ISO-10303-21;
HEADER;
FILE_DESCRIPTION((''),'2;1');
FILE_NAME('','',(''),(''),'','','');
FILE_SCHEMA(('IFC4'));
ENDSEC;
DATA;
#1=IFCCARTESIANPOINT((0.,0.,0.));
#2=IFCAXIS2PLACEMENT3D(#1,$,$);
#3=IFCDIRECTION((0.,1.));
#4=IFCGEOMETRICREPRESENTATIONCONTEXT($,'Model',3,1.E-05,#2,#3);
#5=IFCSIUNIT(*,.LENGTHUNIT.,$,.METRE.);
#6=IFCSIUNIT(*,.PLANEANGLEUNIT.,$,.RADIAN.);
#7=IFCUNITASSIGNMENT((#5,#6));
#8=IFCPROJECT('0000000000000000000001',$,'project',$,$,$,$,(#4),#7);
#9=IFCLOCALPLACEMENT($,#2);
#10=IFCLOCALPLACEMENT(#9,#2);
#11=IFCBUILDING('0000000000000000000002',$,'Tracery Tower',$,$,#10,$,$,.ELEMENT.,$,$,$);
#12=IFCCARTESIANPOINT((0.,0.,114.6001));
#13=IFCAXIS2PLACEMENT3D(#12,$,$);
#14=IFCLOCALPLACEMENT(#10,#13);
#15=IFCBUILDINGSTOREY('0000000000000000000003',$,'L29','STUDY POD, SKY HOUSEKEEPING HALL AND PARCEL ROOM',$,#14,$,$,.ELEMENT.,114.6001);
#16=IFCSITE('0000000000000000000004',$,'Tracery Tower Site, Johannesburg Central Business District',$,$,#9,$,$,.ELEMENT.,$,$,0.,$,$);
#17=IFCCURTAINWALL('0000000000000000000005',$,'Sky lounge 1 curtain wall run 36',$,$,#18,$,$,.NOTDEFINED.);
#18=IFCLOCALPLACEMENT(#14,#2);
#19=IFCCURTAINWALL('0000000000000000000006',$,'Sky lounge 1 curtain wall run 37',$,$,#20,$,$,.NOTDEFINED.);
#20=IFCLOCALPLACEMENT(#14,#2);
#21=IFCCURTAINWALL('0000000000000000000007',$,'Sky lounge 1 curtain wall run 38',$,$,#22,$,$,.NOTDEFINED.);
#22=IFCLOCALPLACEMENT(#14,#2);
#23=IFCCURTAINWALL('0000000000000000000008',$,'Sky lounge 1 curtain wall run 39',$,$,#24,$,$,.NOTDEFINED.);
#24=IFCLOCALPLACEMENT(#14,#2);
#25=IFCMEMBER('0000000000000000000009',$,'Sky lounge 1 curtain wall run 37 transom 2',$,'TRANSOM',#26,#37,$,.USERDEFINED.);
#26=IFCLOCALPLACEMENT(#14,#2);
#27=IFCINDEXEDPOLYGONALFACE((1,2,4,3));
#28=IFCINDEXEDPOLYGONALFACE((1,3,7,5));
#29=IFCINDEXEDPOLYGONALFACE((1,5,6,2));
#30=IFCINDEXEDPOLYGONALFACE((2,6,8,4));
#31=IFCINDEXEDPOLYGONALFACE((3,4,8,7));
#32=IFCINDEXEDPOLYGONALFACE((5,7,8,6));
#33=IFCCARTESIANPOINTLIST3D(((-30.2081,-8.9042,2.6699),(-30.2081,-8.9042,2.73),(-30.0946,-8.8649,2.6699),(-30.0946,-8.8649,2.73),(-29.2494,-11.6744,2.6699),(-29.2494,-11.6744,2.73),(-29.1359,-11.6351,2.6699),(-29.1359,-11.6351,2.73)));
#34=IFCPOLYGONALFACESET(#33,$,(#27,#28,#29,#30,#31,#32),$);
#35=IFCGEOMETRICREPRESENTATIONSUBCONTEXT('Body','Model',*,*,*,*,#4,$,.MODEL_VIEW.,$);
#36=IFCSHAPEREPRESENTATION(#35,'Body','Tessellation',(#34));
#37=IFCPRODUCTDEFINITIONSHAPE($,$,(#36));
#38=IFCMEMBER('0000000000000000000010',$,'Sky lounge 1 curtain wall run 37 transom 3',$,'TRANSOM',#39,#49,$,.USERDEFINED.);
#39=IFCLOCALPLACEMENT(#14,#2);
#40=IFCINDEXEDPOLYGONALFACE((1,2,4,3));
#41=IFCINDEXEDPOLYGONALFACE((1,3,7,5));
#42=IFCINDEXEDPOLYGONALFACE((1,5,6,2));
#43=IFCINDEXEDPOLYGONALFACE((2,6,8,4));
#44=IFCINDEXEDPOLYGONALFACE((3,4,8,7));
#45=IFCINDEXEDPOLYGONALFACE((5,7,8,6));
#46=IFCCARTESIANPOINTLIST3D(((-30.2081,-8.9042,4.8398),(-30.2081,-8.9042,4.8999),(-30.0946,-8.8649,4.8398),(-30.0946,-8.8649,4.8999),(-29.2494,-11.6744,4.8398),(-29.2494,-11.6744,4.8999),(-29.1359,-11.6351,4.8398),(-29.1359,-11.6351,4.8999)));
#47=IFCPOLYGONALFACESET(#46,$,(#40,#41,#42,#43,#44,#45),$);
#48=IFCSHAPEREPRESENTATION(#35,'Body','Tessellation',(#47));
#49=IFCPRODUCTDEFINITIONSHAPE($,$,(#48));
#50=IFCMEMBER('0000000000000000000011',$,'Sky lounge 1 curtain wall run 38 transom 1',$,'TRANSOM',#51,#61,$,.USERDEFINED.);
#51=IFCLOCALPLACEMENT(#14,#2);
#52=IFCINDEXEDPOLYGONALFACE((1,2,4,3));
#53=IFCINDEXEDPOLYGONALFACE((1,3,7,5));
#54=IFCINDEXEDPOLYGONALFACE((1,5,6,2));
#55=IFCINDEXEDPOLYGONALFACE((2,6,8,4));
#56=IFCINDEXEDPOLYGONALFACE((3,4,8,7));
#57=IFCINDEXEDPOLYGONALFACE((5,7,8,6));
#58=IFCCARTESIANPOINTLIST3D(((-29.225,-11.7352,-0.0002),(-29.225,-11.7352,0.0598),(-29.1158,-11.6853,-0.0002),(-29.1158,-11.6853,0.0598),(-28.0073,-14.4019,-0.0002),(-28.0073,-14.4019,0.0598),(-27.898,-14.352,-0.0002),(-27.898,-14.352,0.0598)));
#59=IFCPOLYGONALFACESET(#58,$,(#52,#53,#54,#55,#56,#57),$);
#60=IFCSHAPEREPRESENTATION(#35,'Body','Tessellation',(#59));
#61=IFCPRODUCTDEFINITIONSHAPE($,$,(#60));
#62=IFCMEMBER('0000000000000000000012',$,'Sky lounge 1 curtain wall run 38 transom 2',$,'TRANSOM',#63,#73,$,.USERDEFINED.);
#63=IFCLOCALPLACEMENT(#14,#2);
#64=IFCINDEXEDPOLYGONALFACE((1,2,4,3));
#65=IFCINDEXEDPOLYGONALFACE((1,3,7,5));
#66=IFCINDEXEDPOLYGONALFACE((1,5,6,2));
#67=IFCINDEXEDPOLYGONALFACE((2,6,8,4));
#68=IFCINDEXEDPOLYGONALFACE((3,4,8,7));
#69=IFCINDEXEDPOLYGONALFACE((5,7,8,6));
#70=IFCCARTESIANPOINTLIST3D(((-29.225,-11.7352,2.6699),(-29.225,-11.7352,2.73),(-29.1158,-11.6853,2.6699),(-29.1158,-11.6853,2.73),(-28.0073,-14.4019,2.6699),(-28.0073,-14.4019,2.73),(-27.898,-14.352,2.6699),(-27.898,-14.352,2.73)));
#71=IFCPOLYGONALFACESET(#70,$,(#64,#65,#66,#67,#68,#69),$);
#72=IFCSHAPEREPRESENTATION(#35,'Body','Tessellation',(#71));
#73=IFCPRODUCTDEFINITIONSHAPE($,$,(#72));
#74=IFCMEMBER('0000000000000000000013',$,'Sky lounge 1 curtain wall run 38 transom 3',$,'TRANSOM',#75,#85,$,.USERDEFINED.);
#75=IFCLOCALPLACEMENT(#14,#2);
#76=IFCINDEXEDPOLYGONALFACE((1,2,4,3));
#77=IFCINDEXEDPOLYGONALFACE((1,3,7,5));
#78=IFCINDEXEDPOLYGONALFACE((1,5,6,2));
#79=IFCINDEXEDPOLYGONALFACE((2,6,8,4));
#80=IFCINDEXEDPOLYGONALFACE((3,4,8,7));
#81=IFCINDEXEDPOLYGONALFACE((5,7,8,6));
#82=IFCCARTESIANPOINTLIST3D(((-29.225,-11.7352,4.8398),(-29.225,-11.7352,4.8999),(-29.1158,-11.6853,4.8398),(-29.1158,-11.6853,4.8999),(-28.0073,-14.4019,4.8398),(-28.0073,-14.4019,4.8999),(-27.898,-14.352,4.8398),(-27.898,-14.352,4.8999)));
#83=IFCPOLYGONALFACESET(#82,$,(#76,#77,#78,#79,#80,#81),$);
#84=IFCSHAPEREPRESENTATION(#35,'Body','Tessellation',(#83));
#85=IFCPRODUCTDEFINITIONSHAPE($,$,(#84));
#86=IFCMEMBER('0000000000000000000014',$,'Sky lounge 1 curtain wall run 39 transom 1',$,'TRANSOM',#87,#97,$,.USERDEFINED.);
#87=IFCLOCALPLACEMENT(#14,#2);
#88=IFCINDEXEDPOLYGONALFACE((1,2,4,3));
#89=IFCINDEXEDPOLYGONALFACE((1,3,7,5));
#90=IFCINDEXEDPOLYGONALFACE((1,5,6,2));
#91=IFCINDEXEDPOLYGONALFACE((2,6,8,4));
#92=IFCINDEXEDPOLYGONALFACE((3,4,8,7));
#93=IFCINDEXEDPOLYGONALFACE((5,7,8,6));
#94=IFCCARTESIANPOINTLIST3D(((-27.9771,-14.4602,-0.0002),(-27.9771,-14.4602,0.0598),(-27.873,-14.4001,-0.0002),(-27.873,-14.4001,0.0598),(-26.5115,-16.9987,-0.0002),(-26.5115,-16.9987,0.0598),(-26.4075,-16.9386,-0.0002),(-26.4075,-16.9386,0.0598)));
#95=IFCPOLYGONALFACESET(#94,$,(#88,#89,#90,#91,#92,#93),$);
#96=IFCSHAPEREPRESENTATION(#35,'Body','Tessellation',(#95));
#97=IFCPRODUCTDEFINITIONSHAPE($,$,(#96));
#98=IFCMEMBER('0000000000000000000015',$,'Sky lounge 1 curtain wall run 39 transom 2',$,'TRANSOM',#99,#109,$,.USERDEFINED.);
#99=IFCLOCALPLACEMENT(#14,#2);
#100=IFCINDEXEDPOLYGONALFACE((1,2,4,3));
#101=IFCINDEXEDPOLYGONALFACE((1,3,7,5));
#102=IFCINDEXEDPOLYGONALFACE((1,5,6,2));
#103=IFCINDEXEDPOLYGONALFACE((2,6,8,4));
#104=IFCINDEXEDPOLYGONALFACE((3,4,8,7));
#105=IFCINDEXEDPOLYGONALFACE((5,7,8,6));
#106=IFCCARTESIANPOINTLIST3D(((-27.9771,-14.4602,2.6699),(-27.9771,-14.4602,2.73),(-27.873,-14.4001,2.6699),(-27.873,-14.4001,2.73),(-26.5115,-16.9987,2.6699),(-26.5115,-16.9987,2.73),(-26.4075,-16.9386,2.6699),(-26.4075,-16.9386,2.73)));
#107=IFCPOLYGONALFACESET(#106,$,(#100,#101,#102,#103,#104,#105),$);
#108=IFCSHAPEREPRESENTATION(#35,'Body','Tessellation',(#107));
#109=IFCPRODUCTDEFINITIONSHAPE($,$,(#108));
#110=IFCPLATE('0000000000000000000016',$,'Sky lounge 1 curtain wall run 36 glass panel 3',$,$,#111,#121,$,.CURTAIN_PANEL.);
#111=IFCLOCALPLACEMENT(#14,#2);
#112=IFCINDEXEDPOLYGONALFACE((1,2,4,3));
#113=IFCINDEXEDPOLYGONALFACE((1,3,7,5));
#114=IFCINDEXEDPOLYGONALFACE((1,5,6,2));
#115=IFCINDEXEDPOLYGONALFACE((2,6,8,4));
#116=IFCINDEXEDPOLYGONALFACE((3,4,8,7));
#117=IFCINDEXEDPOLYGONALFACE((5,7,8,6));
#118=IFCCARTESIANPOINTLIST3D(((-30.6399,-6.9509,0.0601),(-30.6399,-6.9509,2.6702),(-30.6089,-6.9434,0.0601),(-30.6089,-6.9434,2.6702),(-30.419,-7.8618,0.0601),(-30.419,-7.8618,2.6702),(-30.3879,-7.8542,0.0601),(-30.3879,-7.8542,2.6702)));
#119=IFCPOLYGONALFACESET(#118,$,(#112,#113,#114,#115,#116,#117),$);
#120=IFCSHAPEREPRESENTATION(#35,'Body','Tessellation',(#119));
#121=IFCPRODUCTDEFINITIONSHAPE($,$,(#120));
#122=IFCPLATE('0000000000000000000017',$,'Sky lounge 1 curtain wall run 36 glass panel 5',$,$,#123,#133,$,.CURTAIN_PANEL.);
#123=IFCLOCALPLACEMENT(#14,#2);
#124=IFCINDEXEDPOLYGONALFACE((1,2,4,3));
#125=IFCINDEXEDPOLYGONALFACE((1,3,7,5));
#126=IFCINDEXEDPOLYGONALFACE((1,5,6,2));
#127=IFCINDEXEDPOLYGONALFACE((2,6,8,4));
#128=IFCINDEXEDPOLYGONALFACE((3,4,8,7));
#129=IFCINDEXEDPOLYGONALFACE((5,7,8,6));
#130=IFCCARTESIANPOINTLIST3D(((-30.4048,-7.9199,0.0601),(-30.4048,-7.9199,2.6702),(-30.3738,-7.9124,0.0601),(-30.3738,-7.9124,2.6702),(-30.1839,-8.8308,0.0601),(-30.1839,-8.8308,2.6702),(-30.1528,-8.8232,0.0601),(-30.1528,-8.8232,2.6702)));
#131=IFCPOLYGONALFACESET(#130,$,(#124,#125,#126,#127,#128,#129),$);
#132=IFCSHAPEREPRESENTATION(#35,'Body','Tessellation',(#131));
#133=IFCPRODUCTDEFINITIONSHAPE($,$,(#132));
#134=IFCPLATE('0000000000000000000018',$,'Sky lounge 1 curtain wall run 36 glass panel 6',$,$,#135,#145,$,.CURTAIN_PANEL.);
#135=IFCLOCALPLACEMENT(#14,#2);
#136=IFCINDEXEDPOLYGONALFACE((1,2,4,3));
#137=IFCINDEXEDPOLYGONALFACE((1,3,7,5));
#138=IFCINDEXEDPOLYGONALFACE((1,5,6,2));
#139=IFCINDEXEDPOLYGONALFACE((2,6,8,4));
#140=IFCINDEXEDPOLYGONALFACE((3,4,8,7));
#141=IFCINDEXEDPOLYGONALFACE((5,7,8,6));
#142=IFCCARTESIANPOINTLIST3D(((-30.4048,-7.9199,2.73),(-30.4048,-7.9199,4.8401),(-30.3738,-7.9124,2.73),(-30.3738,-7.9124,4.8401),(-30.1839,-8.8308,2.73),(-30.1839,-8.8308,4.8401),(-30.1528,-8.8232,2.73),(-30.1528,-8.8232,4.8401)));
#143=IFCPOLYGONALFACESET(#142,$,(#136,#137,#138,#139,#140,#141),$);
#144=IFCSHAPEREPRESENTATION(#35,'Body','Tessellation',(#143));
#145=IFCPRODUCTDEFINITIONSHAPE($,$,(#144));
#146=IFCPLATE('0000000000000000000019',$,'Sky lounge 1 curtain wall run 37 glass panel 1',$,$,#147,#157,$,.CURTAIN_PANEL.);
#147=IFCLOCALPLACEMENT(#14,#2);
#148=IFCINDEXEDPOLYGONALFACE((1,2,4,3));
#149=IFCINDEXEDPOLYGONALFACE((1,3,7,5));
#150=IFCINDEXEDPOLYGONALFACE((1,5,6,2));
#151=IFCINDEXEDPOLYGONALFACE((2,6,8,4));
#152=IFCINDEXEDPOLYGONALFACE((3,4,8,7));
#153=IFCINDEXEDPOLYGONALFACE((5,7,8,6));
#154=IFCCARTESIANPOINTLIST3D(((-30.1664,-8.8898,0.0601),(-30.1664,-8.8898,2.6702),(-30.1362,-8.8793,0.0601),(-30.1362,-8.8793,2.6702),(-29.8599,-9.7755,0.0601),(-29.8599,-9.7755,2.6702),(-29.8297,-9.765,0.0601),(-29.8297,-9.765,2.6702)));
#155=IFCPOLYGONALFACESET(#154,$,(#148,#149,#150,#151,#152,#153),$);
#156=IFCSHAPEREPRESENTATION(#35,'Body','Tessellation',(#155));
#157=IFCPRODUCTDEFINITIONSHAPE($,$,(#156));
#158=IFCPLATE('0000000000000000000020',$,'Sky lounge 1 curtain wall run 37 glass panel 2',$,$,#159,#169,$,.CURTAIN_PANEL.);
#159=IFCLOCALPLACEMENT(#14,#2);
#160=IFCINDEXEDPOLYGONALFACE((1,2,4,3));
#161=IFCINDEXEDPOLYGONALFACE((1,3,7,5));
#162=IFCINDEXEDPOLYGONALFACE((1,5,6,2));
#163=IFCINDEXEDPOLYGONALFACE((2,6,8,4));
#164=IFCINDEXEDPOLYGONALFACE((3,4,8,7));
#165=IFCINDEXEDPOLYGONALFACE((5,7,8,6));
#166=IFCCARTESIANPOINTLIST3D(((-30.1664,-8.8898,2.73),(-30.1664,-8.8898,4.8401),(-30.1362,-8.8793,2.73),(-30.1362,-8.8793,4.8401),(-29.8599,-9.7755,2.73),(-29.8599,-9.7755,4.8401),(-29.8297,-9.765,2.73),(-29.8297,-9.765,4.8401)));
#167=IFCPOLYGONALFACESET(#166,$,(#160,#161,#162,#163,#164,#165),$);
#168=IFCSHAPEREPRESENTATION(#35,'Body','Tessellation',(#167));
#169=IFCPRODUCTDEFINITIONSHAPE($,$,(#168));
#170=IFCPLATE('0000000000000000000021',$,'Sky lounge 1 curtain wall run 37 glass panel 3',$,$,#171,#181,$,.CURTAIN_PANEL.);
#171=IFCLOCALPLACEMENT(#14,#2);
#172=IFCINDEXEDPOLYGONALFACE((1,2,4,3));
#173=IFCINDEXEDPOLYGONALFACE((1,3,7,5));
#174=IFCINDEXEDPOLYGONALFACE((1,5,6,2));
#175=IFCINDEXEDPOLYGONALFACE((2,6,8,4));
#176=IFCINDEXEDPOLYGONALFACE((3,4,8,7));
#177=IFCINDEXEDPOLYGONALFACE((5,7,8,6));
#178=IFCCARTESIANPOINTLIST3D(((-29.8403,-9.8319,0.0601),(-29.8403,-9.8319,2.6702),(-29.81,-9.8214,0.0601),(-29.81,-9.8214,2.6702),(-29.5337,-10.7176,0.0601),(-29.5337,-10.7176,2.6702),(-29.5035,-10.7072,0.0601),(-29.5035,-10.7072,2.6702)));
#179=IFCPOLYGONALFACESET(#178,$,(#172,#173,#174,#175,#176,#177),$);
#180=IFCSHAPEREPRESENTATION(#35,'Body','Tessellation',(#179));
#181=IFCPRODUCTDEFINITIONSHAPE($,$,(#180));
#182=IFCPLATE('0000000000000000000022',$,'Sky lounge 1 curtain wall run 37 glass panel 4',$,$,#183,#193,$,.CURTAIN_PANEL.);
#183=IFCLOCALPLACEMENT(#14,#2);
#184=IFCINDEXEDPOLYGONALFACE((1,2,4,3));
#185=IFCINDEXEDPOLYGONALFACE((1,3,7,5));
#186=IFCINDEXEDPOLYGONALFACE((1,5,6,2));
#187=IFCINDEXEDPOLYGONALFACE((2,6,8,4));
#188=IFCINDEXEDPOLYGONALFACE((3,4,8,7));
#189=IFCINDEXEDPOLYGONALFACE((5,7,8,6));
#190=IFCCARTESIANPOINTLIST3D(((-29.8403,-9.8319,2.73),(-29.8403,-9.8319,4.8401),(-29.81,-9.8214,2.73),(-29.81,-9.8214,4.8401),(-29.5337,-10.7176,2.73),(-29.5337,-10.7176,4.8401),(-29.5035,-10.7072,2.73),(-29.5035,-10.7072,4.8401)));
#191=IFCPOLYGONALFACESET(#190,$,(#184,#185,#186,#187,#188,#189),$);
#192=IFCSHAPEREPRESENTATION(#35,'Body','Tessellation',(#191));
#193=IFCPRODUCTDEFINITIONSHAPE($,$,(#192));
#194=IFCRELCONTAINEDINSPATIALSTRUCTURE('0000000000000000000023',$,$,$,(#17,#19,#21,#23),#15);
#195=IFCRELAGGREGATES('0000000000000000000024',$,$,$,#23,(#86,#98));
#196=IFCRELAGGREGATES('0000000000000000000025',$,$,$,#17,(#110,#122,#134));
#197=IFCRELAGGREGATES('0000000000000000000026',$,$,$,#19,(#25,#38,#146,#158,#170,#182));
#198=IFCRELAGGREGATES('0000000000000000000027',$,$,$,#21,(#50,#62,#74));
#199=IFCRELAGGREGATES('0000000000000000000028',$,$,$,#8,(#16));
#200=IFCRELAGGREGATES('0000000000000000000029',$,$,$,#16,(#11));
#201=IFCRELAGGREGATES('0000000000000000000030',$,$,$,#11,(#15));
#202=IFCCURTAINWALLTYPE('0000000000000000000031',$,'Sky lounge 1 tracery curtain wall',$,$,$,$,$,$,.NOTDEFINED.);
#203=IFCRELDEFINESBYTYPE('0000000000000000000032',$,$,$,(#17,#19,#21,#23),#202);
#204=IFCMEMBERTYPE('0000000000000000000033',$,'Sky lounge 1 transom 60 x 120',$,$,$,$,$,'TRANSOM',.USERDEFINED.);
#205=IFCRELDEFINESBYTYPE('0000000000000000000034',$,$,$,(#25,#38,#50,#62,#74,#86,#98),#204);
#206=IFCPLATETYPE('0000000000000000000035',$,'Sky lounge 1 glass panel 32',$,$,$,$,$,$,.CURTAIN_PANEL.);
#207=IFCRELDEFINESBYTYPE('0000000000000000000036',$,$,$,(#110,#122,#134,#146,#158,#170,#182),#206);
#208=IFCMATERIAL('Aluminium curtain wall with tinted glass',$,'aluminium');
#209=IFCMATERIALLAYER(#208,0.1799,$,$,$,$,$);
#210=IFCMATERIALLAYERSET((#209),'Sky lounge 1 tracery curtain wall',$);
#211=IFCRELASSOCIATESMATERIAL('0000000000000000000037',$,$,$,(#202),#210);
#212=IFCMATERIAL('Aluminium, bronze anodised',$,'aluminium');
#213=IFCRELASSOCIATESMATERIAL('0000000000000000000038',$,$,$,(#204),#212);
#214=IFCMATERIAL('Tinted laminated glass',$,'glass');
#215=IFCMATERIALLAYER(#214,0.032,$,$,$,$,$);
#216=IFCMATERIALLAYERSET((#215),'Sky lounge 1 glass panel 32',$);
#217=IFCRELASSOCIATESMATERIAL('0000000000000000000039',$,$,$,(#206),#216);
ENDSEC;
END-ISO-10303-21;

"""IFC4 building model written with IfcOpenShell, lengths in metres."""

from ifc_helpers import new_model, si_unit, direction, frame, origin, origin_2d, place, context, subcontext, project, spatial, rectangle, extrude, material, layer, layer_set, material_profile, profile_set, type_object, element, aggregate, save


model = new_model("IFC4")

# Units and contexts
model_context = context("Model", 3, precision=1e-05, world=origin(), true_north=direction((0.0, 1.0)))
body_context = subcontext(model_context, "Body", "Model", "MODEL_VIEW")
ifc_project = project(units=[si_unit("LENGTHUNIT", "METRE"), si_unit("PLANEANGLEUNIT", "RADIAN")], contexts=[model_context])

# Site, building, storey
site_placement = place(None, origin())
site = spatial("IfcSite", under=ifc_project, at=site_placement, Name="Tracery Tower Site, Johannesburg Central Business District", CompositionType="ELEMENT", RefElevation=0.0)
building_placement = place(site_placement, origin())
building = spatial("IfcBuilding", under=site, at=building_placement, Name="Tracery Tower", CompositionType="ELEMENT")
storey_placement = place(building_placement, frame((0.0, 0.0, 114.6001)))
storey = spatial("IfcBuildingStorey", under=building, at=storey_placement, Name="L29", Description="STUDY POD, SKY HOUSEKEEPING HALL AND PARCEL ROOM", CompositionType="ELEMENT", Elevation=114.6001)

# Curtain wall
ifc_material_1 = material(Name="Aluminium curtain wall with tinted glass", Category="aluminium")
ifc_layer_1 = layer(ifc_material_1, 0.1799)
ifc_layer_set_1 = layer_set([ifc_layer_1], Name="Sky lounge 1 tracery curtain wall")
curtain_wall_type = type_object("IfcCurtainWallType", Name="Sky lounge 1 tracery curtain wall", PredefinedType="NOTDEFINED", material=ifc_layer_set_1)
curtain_wall_1_placement = place(storey_placement, origin())
curtain_wall_1 = element("IfcCurtainWall", 1, at=curtain_wall_1_placement, inside=storey, type_object=curtain_wall_type, Name="Sky lounge 1 curtain wall run 36", PredefinedType="NOTDEFINED")

# Curtain walls
curtain_wall_2_placement = place(storey_placement, origin())
curtain_wall_2 = element("IfcCurtainWall", 2, at=curtain_wall_2_placement, inside=storey, type_object=curtain_wall_type, Name="Sky lounge 1 curtain wall run 37", PredefinedType="NOTDEFINED")
curtain_wall_3_placement = place(storey_placement, origin())
curtain_wall_3 = element("IfcCurtainWall", 3, at=curtain_wall_3_placement, inside=storey, type_object=curtain_wall_type, Name="Sky lounge 1 curtain wall run 38", PredefinedType="NOTDEFINED")

# Curtain wall
curtain_wall_4_placement = place(storey_placement, origin())
curtain_wall_4 = element("IfcCurtainWall", 4, at=curtain_wall_4_placement, inside=storey, type_object=curtain_wall_type, Name="Sky lounge 1 curtain wall run 39", PredefinedType="NOTDEFINED")

# Members
ifc_material_2 = material(Name="Aluminium, bronze anodised", Category="aluminium")
ifc_material_profile_1 = material_profile(ifc_material_2, rectangle(XDim=0.1201, YDim=0.0601, at=origin_2d()), Name="AL 60x120")
ifc_profile_set_1 = profile_set([ifc_material_profile_1], Name="Aluminium, bronze anodised")
member_type_1 = type_object("IfcMemberType", Name="Sky lounge 1 transom 60 x 120", ElementType="TRANSOM", PredefinedType="USERDEFINED", material=ifc_profile_set_1)
member_1_placement = place(storey_placement, frame((-30.1514, -8.8845, 2.7), z_axis=(0.32705, -0.945007, 0.0), x_axis=(0.945007, 0.32705, 0.0)))
member_1 = element("IfcMember", 5, at=member_1_placement, type_object=member_type_1, Name="Sky lounge 1 curtain wall run 37 transom 2", ObjectType="TRANSOM", PredefinedType="USERDEFINED", context=body_context, shape_type="SweptSolid", body=[
    extrude(rectangle(XDim=0.1201, YDim=0.0601, at=origin_2d()), origin(), (0.0, 0.0, 1.0), 2.9314),
])
member_2_placement = place(storey_placement, frame((-30.1514, -8.8845, 4.8699), z_axis=(0.32705, -0.945007, 0.0), x_axis=(0.945007, 0.32705, 0.0)))
member_2 = element("IfcMember", 6, at=member_2_placement, type_object=member_type_1, Name="Sky lounge 1 curtain wall run 37 transom 3", ObjectType="TRANSOM", PredefinedType="USERDEFINED", context=body_context, shape_type="SweptSolid", body=[
    extrude(rectangle(XDim=0.1201, YDim=0.0601, at=origin_2d()), origin(), (0.0, 0.0, 1.0), 2.9314),
])
member_3_placement = place(storey_placement, frame((-29.1704, -11.7102, 0.0298), z_axis=(0.41539, -0.909644, 0.0), x_axis=(0.909644, 0.41539, 0.0)))
member_3 = element("IfcMember", 7, at=member_3_placement, type_object=member_type_1, Name="Sky lounge 1 curtain wall run 38 transom 1", ObjectType="TRANSOM", PredefinedType="USERDEFINED", context=body_context, shape_type="SweptSolid", body=[
    extrude(rectangle(XDim=0.1201, YDim=0.0601, at=origin_2d()), origin(), (0.0, 0.0, 1.0), 2.9316),
])
member_4_placement = place(storey_placement, frame((-29.1704, -11.7102, 2.7), z_axis=(0.41539, -0.909644, 0.0), x_axis=(0.909644, 0.41539, 0.0)))
member_4 = element("IfcMember", 8, at=member_4_placement, type_object=member_type_1, Name="Sky lounge 1 curtain wall run 38 transom 2", ObjectType="TRANSOM", PredefinedType="USERDEFINED", context=body_context, shape_type="SweptSolid", body=[
    extrude(rectangle(XDim=0.1201, YDim=0.0601, at=origin_2d()), origin(), (0.0, 0.0, 1.0), 2.9316),
])
member_5_placement = place(storey_placement, frame((-29.1704, -11.7102, 4.8699), z_axis=(0.41539, -0.909644, 0.0), x_axis=(0.909644, 0.41539, 0.0)))
member_5 = element("IfcMember", 9, at=member_5_placement, type_object=member_type_1, Name="Sky lounge 1 curtain wall run 38 transom 3", ObjectType="TRANSOM", PredefinedType="USERDEFINED", context=body_context, shape_type="SweptSolid", body=[
    extrude(rectangle(XDim=0.1201, YDim=0.0601, at=origin_2d()), origin(), (0.0, 0.0, 1.0), 2.9316),
])
member_6_placement = place(storey_placement, frame((-27.925, -14.4302, 0.0298), z_axis=(0.499982, -0.866036, 0.0), x_axis=(0.866036, 0.499982, 0.0)))
member_6 = element("IfcMember", 10, at=member_6_placement, type_object=member_type_1, Name="Sky lounge 1 curtain wall run 39 transom 1", ObjectType="TRANSOM", PredefinedType="USERDEFINED", context=body_context, shape_type="SweptSolid", body=[
    extrude(rectangle(XDim=0.1201, YDim=0.0601, at=origin_2d()), origin(), (0.0, 0.0, 1.0), 2.9312),
])
member_7_placement = place(storey_placement, frame((-27.925, -14.4302, 2.7), z_axis=(0.499982, -0.866036, 0.0), x_axis=(0.866036, 0.499982, 0.0)))
member_7 = element("IfcMember", 11, at=member_7_placement, type_object=member_type_1, Name="Sky lounge 1 curtain wall run 39 transom 2", ObjectType="TRANSOM", PredefinedType="USERDEFINED", context=body_context, shape_type="SweptSolid", body=[
    extrude(rectangle(XDim=0.1201, YDim=0.0601, at=origin_2d()), origin(), (0.0, 0.0, 1.0), 2.9312),
])
aggregate(curtain_wall_4, [member_6, member_7])

# Plates
ifc_material_3 = material(Name="Tinted laminated glass", Category="glass")
ifc_layer_2 = layer(ifc_material_3, 0.032)
ifc_layer_set_2 = layer_set([ifc_layer_2], Name="Sky lounge 1 glass panel 32")
plate_type = type_object("IfcPlateType", Name="Sky lounge 1 glass panel 32", PredefinedType="CURTAIN_PANEL", material=ifc_layer_set_2)
plate_1_placement = place(storey_placement, frame((-30.5139, -7.4026, 0.0601), z_axis=(0.0, 0.0, 1.0), x_axis=(0.235759, -0.971812, 0.0)))
plate_1 = element("IfcPlate", 12, at=plate_1_placement, type_object=plate_type, Name="Sky lounge 1 curtain wall run 36 glass panel 3", PredefinedType="CURTAIN_PANEL", context=body_context, shape_type="SweptSolid", body=[
    extrude(rectangle(XDim=0.9373, YDim=0.032, at=origin_2d()), origin(), (0.0, 0.0, 1.0), 2.6101),
])
plate_2_placement = place(storey_placement, frame((-30.2788, -8.3716, 0.0601), z_axis=(0.0, 0.0, 1.0), x_axis=(0.235759, -0.971812, 0.0)))
plate_2 = element("IfcPlate", 13, at=plate_2_placement, type_object=plate_type, Name="Sky lounge 1 curtain wall run 36 glass panel 5", PredefinedType="CURTAIN_PANEL", context=body_context, shape_type="SweptSolid", body=[
    extrude(rectangle(XDim=0.9373, YDim=0.032, at=origin_2d()), origin(), (0.0, 0.0, 1.0), 2.6101),
])
plate_3_placement = place(storey_placement, frame((-30.2788, -8.3716, 2.73), z_axis=(0.0, 0.0, 1.0), x_axis=(0.235759, -0.971812, 0.0)))
plate_3 = element("IfcPlate", 14, at=plate_3_placement, type_object=plate_type, Name="Sky lounge 1 curtain wall run 36 glass panel 6", PredefinedType="CURTAIN_PANEL", context=body_context, shape_type="SweptSolid", body=[
    extrude(rectangle(XDim=0.9373, YDim=0.032, at=origin_2d()), origin(), (0.0, 0.0, 1.0), 2.1101),
])
aggregate(curtain_wall_1, [plate_1, plate_2, plate_3])
plate_4_placement = place(storey_placement, frame((-29.998, -9.3274, 0.0601), z_axis=(0.0, 0.0, 1.0), x_axis=(0.327068, -0.945001, 0.0)))
plate_4 = element("IfcPlate", 15, at=plate_4_placement, type_object=plate_type, Name="Sky lounge 1 curtain wall run 37 glass panel 1", PredefinedType="CURTAIN_PANEL", context=body_context, shape_type="SweptSolid", body=[
    extrude(rectangle(XDim=0.9373, YDim=0.032, at=origin_2d()), origin(), (0.0, 0.0, 1.0), 2.6101),
])
plate_5_placement = place(storey_placement, frame((-29.998, -9.3274, 2.73), z_axis=(0.0, 0.0, 1.0), x_axis=(0.327068, -0.945001, 0.0)))
plate_5 = element("IfcPlate", 16, at=plate_5_placement, type_object=plate_type, Name="Sky lounge 1 curtain wall run 37 glass panel 2", PredefinedType="CURTAIN_PANEL", context=body_context, shape_type="SweptSolid", body=[
    extrude(rectangle(XDim=0.9373, YDim=0.032, at=origin_2d()), origin(), (0.0, 0.0, 1.0), 2.1101),
])
plate_6_placement = place(storey_placement, frame((-29.6719, -10.2695, 0.0601), z_axis=(0.0, 0.0, 1.0), x_axis=(0.327068, -0.945001, 0.0)))
plate_6 = element("IfcPlate", 17, at=plate_6_placement, type_object=plate_type, Name="Sky lounge 1 curtain wall run 37 glass panel 3", PredefinedType="CURTAIN_PANEL", context=body_context, shape_type="SweptSolid", body=[
    extrude(rectangle(XDim=0.9373, YDim=0.032, at=origin_2d()), origin(), (0.0, 0.0, 1.0), 2.6101),
])
plate_7_placement = place(storey_placement, frame((-29.6719, -10.2695, 2.73), z_axis=(0.0, 0.0, 1.0), x_axis=(0.327068, -0.945001, 0.0)))
plate_7 = element("IfcPlate", 18, at=plate_7_placement, type_object=plate_type, Name="Sky lounge 1 curtain wall run 37 glass panel 4", PredefinedType="CURTAIN_PANEL", context=body_context, shape_type="SweptSolid", body=[
    extrude(rectangle(XDim=0.9373, YDim=0.032, at=origin_2d()), origin(), (0.0, 0.0, 1.0), 2.1101),
])
aggregate(curtain_wall_2, [member_1, member_2, plate_4, plate_5, plate_6, plate_7])
aggregate(curtain_wall_3, [member_3, member_4, member_5])

save(model, "model.ifc")
